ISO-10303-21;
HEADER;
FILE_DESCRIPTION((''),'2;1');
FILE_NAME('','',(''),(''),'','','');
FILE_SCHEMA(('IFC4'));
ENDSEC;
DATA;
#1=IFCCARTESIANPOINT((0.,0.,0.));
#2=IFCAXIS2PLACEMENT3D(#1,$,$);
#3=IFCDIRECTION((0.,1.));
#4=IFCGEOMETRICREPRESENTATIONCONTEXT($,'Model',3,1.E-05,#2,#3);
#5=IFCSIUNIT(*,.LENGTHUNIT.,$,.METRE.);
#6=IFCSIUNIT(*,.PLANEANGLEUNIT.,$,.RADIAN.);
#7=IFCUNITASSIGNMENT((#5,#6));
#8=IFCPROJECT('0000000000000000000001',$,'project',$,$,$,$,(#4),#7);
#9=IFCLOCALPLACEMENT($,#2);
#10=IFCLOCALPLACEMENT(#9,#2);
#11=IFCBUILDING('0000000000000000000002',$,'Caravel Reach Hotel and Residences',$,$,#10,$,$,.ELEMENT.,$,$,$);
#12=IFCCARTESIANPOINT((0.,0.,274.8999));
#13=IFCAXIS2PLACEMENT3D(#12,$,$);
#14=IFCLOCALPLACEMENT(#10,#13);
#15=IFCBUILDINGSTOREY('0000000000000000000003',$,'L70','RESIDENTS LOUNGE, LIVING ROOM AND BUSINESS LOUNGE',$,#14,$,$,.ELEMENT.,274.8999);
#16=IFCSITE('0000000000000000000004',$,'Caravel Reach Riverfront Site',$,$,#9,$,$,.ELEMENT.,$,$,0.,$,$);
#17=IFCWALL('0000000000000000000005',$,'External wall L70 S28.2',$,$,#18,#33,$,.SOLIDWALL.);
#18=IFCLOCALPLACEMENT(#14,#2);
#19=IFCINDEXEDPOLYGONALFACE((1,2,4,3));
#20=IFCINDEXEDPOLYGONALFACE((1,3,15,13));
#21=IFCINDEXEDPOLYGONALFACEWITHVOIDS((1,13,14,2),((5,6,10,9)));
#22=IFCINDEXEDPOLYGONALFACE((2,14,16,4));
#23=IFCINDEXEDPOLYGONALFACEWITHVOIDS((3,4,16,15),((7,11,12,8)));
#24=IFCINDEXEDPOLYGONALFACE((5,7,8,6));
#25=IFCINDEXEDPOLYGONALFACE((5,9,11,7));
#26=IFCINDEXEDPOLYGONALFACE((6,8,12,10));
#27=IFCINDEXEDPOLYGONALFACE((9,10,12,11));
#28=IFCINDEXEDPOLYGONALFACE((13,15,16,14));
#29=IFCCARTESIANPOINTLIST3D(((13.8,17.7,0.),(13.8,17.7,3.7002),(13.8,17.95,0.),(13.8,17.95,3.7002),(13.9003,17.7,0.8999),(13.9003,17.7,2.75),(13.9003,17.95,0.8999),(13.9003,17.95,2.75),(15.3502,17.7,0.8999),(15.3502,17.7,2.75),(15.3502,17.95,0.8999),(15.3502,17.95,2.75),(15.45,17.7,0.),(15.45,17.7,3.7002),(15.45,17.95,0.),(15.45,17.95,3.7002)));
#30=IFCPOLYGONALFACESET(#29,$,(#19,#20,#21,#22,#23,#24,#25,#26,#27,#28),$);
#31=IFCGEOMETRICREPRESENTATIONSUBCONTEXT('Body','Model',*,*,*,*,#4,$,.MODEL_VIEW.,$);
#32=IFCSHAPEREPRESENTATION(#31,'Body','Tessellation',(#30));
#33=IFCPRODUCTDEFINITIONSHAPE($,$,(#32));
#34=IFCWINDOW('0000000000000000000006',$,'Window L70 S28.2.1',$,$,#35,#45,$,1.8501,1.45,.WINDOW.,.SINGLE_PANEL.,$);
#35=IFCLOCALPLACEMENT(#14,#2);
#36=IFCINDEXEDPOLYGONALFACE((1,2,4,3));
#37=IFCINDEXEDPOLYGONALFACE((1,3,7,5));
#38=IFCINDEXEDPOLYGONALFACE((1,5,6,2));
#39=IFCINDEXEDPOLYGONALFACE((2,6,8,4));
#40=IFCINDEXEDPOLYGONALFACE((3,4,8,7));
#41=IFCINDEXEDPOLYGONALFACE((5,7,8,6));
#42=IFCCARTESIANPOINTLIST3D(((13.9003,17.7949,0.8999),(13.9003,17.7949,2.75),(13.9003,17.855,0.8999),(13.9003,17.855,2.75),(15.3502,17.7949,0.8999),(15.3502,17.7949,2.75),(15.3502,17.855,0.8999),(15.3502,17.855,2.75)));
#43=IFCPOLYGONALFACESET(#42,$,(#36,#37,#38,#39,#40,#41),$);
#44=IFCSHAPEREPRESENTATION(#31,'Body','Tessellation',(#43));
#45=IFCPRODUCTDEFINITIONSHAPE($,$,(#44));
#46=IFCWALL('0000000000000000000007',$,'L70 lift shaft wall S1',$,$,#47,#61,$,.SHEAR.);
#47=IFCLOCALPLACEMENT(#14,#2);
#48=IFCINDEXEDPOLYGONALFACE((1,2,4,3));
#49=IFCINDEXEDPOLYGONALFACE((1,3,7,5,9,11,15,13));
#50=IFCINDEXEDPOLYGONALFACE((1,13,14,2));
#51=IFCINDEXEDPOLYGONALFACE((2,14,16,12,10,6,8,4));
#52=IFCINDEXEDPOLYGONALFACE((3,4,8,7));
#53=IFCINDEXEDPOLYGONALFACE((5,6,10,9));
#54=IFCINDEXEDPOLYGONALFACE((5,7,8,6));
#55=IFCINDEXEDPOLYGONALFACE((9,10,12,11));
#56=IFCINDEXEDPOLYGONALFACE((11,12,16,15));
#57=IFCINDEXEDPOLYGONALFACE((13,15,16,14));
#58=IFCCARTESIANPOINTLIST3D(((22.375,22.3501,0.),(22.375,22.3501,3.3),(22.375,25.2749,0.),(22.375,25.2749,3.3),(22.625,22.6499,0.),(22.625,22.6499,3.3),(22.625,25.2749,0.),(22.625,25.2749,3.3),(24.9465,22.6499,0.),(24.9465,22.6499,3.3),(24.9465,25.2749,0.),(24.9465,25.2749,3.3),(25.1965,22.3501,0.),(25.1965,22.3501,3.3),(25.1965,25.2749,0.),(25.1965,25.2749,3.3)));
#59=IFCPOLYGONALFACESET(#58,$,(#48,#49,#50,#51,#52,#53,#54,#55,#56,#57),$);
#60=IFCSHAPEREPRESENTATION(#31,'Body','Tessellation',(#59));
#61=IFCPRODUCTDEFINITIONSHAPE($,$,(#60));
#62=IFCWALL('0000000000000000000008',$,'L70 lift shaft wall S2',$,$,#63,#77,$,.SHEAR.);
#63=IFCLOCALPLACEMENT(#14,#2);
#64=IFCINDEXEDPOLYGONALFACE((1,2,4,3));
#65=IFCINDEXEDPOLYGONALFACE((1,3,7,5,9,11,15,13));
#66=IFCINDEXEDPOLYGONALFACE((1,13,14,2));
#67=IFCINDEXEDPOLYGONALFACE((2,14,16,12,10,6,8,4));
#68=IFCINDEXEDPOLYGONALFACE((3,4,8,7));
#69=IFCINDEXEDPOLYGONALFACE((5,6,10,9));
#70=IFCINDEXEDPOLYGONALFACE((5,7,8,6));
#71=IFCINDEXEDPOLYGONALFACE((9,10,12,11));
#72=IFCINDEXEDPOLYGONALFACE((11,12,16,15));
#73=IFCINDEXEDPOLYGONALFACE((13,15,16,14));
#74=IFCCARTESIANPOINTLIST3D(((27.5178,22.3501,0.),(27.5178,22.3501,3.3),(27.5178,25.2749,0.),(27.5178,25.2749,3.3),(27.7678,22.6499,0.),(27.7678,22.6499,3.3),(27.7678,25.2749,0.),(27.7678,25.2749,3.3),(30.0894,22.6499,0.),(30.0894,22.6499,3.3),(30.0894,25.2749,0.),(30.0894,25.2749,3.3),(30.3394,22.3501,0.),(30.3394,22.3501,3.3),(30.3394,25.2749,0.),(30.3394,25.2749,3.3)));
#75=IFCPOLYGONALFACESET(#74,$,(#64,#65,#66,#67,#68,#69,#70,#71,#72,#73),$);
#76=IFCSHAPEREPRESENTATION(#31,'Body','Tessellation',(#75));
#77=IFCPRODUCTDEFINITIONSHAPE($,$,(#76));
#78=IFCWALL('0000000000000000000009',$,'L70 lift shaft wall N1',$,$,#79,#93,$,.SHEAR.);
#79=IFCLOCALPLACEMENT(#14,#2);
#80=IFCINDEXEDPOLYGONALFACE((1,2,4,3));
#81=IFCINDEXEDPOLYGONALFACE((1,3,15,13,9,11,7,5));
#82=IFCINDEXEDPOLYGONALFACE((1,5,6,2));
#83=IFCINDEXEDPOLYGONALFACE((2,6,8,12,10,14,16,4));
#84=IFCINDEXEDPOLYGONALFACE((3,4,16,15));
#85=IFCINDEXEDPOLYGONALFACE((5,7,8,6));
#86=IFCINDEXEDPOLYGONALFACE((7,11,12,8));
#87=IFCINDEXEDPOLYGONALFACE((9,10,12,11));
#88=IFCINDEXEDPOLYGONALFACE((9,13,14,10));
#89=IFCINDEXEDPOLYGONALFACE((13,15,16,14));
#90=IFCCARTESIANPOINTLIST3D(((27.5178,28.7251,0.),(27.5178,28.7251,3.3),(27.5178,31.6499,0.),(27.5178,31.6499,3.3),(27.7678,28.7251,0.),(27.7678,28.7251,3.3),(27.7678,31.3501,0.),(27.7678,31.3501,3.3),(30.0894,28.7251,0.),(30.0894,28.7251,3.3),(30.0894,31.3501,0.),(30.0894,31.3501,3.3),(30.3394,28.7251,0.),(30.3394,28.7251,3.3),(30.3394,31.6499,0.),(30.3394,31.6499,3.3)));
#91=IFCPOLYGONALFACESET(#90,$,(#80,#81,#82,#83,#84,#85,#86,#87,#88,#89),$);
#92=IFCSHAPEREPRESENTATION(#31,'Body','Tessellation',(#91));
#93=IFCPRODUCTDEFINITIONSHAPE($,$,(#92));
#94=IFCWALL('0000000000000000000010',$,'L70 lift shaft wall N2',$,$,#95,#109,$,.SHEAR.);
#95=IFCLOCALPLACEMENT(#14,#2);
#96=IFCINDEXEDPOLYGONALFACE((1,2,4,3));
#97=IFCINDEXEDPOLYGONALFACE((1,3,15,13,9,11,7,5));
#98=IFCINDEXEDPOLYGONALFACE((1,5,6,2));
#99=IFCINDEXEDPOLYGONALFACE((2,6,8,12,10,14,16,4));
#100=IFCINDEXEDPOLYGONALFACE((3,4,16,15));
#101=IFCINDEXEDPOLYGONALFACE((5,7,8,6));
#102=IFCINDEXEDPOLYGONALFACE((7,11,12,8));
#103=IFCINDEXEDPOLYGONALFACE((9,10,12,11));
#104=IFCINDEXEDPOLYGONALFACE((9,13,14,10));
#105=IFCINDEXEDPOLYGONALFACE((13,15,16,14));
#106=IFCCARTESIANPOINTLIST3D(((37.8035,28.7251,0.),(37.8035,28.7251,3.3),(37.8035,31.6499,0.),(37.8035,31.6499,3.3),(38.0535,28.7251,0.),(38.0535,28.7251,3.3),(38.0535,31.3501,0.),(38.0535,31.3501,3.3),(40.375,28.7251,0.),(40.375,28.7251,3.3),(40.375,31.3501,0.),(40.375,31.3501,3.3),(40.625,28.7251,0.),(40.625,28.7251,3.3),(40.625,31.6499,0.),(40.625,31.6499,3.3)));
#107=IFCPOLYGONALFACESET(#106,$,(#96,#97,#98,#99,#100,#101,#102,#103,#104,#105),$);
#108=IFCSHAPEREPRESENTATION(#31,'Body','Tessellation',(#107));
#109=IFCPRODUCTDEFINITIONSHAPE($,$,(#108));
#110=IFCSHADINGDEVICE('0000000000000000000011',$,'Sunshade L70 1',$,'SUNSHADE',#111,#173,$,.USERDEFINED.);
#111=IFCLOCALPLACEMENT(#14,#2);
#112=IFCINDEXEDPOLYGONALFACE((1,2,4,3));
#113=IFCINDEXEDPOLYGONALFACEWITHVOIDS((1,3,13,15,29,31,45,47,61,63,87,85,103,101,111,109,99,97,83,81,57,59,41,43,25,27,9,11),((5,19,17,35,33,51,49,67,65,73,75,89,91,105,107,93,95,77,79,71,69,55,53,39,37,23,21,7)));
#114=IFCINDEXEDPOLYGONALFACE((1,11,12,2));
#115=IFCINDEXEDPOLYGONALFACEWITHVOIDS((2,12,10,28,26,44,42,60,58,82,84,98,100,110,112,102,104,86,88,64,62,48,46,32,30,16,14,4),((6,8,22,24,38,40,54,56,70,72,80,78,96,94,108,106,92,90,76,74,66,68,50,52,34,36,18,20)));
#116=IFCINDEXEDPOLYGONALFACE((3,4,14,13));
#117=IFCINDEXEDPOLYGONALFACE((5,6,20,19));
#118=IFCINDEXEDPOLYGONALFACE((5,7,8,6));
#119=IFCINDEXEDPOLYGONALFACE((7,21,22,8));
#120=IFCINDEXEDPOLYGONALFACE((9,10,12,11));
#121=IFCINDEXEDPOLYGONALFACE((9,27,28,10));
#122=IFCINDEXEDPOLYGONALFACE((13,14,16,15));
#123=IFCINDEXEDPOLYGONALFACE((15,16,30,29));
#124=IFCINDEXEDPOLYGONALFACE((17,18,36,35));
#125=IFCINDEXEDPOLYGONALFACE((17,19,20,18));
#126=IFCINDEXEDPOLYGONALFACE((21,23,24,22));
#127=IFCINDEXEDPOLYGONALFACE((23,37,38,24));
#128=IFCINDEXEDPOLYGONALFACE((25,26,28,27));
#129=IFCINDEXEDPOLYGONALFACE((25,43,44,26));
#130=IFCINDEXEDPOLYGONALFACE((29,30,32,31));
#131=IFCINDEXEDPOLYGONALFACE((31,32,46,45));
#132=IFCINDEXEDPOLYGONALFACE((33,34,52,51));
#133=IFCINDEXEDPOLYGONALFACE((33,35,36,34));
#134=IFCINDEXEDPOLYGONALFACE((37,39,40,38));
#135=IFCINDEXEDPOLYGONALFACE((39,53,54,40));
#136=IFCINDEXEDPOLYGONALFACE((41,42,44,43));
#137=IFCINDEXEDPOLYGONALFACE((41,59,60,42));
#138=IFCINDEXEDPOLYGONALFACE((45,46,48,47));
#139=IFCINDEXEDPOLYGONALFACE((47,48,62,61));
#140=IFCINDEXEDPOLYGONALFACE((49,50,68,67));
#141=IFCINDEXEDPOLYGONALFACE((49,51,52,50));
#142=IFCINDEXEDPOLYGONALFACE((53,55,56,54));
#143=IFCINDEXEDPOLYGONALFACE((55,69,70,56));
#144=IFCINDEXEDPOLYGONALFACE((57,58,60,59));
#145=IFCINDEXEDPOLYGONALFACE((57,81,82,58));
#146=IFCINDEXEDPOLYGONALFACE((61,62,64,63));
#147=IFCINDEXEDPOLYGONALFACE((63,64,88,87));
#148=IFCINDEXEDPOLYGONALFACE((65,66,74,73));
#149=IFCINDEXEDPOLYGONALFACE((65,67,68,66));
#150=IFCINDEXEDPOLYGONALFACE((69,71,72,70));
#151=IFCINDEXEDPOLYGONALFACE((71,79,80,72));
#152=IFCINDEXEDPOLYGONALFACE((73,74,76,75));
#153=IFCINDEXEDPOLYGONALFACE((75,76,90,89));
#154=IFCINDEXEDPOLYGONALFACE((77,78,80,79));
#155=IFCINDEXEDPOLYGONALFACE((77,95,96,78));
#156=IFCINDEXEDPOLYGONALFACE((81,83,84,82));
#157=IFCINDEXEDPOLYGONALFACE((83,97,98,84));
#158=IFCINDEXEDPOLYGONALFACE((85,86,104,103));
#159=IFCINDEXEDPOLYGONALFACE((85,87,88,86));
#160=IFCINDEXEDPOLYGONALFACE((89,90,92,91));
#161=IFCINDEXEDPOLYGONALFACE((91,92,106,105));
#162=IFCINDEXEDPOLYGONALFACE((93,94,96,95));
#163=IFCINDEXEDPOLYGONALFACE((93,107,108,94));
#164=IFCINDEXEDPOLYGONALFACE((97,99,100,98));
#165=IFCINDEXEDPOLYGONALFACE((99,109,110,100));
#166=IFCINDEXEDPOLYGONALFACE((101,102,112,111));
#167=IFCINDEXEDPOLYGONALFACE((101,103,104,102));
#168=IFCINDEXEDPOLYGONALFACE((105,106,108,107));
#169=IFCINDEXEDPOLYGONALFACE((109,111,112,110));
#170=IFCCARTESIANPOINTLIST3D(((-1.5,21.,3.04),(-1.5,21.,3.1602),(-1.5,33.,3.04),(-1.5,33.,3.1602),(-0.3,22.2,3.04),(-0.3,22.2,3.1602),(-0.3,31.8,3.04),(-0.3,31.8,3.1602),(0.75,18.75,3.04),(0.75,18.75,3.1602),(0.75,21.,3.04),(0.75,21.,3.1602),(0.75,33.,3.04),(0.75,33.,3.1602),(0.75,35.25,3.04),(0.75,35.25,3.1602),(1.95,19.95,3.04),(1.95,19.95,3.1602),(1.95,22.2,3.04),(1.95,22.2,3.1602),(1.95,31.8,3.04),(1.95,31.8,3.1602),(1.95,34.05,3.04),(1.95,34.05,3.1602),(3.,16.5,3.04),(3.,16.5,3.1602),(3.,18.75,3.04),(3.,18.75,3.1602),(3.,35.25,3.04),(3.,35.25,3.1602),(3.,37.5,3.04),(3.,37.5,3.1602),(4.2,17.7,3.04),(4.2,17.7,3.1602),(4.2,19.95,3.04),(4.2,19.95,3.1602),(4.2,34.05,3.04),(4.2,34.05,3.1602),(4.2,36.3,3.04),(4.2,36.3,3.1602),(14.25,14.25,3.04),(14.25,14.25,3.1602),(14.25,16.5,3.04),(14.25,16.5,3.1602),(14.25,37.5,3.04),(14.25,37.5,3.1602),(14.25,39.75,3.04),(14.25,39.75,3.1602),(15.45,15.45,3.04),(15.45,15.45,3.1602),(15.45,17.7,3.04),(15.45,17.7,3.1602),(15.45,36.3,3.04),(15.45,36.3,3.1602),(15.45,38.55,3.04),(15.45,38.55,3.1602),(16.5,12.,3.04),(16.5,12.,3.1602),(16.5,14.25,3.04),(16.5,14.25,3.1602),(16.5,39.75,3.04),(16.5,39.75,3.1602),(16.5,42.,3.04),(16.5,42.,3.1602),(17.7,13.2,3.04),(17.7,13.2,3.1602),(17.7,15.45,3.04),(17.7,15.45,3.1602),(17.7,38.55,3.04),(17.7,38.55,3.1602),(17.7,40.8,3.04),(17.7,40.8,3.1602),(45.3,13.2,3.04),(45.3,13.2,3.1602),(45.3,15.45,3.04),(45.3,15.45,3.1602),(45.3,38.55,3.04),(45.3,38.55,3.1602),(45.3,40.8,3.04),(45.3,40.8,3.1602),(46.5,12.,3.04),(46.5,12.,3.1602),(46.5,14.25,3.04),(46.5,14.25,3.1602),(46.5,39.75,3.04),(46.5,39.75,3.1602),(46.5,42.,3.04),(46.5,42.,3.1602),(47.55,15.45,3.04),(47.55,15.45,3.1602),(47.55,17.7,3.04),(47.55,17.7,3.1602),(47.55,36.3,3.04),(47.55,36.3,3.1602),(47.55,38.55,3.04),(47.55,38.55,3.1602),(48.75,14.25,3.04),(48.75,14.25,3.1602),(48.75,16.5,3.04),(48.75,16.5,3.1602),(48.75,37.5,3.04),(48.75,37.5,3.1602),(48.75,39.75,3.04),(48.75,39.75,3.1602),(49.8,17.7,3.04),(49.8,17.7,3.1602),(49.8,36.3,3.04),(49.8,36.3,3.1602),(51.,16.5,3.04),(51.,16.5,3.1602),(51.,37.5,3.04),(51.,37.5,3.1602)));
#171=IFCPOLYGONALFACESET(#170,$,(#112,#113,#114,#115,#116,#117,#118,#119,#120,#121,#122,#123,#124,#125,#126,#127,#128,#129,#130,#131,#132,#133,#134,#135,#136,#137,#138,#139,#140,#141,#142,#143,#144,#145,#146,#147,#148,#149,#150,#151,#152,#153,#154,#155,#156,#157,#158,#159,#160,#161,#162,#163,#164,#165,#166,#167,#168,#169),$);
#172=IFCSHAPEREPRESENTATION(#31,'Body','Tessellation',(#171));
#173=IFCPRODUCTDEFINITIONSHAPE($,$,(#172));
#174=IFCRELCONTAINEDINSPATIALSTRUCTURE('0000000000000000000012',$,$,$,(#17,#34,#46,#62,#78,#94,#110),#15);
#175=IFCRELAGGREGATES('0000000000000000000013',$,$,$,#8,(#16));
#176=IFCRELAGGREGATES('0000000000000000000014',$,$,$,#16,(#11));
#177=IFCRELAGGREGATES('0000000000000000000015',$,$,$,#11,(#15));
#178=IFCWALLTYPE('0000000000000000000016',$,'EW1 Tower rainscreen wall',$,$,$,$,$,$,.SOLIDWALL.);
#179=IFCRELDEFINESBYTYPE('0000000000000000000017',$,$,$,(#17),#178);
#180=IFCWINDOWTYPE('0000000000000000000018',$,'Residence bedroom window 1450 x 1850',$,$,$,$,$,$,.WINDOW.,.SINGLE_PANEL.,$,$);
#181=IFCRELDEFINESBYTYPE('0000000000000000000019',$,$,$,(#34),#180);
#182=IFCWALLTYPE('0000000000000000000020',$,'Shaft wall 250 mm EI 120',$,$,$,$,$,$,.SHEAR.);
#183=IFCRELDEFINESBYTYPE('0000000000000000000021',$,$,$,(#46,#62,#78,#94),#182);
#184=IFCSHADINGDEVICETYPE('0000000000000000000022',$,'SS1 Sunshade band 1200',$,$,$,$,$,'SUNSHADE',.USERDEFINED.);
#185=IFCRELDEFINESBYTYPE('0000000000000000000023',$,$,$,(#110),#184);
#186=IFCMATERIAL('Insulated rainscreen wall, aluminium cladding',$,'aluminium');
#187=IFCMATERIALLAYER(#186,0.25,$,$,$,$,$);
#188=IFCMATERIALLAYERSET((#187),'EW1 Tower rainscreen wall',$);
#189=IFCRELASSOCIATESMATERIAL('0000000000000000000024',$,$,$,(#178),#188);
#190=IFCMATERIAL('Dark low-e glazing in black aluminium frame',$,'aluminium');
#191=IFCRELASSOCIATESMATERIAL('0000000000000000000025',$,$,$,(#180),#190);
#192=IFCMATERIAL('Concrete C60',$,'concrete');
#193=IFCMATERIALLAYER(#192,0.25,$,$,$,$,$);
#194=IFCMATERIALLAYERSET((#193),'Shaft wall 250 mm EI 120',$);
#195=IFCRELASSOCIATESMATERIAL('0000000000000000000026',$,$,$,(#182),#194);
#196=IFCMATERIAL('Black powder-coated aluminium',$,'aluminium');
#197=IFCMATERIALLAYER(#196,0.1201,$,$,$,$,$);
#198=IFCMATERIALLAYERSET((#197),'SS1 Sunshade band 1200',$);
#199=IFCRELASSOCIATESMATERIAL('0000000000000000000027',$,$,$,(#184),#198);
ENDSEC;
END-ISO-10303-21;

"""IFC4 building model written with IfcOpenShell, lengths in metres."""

from ifc_helpers import new_model, si_unit, direction, frame, frame_2d, origin, place, context, subcontext, project, spatial, polyline, rectangle, outline, extrude, material, layer, layer_set, type_object, element, fill, save


model = new_model("IFC4")

# Units and contexts
model_context = context("Model", 3, precision=1e-05, world=origin(), true_north=direction((0.0, 1.0)))
body_context = subcontext(model_context, "Body", "Model", "MODEL_VIEW")
ifc_project = project(units=[si_unit("LENGTHUNIT", "METRE"), si_unit("PLANEANGLEUNIT", "RADIAN")], contexts=[model_context])

# Site, building, storey
site_placement = place(None, origin())
site = spatial("IfcSite", under=ifc_project, at=site_placement, Name="Caravel Reach Riverfront Site", CompositionType="ELEMENT", RefElevation=0.0)
building_placement = place(site_placement, origin())
building = spatial("IfcBuilding", under=site, at=building_placement, Name="Caravel Reach Hotel and Residences", CompositionType="ELEMENT")
storey_placement = place(building_placement, frame((0.0, 0.0, 274.8999)))
storey = spatial("IfcBuildingStorey", under=building, at=storey_placement, Name="L70", Description="RESIDENTS LOUNGE, LIVING ROOM AND BUSINESS LOUNGE", CompositionType="ELEMENT", Elevation=274.8999)

# Shared definitions
ifc_material_1 = material(Name="Insulated rainscreen wall, aluminium cladding", Category="aluminium")
ifc_layer_1 = layer(ifc_material_1, 0.25)
ifc_layer_set_1 = layer_set([ifc_layer_1], Name="EW1 Tower rainscreen wall")
wall_type_1 = type_object("IfcWallType", Name="EW1 Tower rainscreen wall", PredefinedType="SOLIDWALL", material=ifc_layer_set_1)

# Wall, opening, window
wall_1_placement = place(storey_placement, frame((13.8, 17.825, 0.0), z_axis=(0.0, 0.0, 1.0), x_axis=(1.0, 0.0, 0.0)))
wall_1 = element("IfcWall", 1, at=wall_1_placement, inside=storey, type_object=wall_type_1, Name="External wall L70 S28.2", PredefinedType="SOLIDWALL", context=body_context, shape_type="SweptSolid", body=[
    extrude(rectangle(XDim=1.6499, YDim=0.25, at=frame_2d((0.825, 0.0))), origin(), (0.0, 0.0, 1.0), 3.7002),
])
opening_1_placement = place(wall_1_placement, frame((0.1001, 0.0, 0.8999)))
opening_1 = element("IfcOpeningElement", 2, at=opening_1_placement, cuts=wall_1, PredefinedType="OPENING", context=body_context, shape_type="SweptSolid", body=[
    extrude(rectangle(XDim=1.45, YDim=1.8501, at=frame_2d((0.7251, 0.925))), frame((0.0, 0.135, 0.0), z_axis=(0.0, -1.0, 0.0), x_axis=(1.0, 0.0, 0.0)), (0.0, 0.0, 1.0), 0.27),
])
ifc_material_2 = material(Name="Dark low-e glazing in black aluminium frame", Category="aluminium")
window_type_1 = type_object("IfcWindowType", Name="Residence bedroom window 1450 x 1850", PartitioningType="SINGLE_PANEL", PredefinedType="WINDOW", material=ifc_material_2)
window_1_placement = place(opening_1_placement, origin())
window_1 = element("IfcWindow", 3, at=window_1_placement, inside=storey, type_object=window_type_1, Name="Window L70 S28.2.1", OverallHeight=1.8501, OverallWidth=1.45, PartitioningType="SINGLE_PANEL", PredefinedType="WINDOW", context=body_context, shape_type="SweptSolid", body=[
    extrude(rectangle(XDim=1.45, YDim=1.8501, at=frame_2d((0.7251, 0.925))), frame((0.0, 0.03, 0.0), z_axis=(0.0, -1.0, 0.0), x_axis=(1.0, 0.0, 0.0)), (0.0, 0.0, 1.0), 0.0601),
])
fill(opening_1, window_1)

# Walls
ifc_material_3 = material(Name="Concrete C60", Category="concrete")
ifc_layer_2 = layer(ifc_material_3, 0.25)
ifc_layer_set_2 = layer_set([ifc_layer_2], Name="Shaft wall 250 mm EI 120")
wall_type_2 = type_object("IfcWallType", Name="Shaft wall 250 mm EI 120", PredefinedType="SHEAR", material=ifc_layer_set_2)
wall_2_placement = place(storey_placement, origin())
element("IfcWall", 4, at=wall_2_placement, inside=storey, type_object=wall_type_2, Name="L70 lift shaft wall S1", PredefinedType="SHEAR", context=body_context, shape_type="SweptSolid", body=[
    extrude(outline(polyline([(22.375, 22.3501), (25.1965, 22.3501), (25.1965, 25.2749), (24.9465, 25.2749), (24.9465, 22.6499), (22.625, 22.6499), (22.625, 25.2749), (22.375, 25.2749), (22.375, 22.3501)])), origin(), (0.0, 0.0, 1.0), 3.3),
])
wall_3_placement = place(storey_placement, origin())
element("IfcWall", 5, at=wall_3_placement, inside=storey, type_object=wall_type_2, Name="L70 lift shaft wall S2", PredefinedType="SHEAR", context=body_context, shape_type="SweptSolid", body=[
    extrude(outline(polyline([(27.5178, 22.3501), (30.3394, 22.3501), (30.3394, 25.2749), (30.0894, 25.2749), (30.0894, 22.6499), (27.7678, 22.6499), (27.7678, 25.2749), (27.5178, 25.2749), (27.5178, 22.3501)])), origin(), (0.0, 0.0, 1.0), 3.3),
])
wall_4_placement = place(storey_placement, origin())
element("IfcWall", 6, at=wall_4_placement, inside=storey, type_object=wall_type_2, Name="L70 lift shaft wall N1", PredefinedType="SHEAR", context=body_context, shape_type="SweptSolid", body=[
    extrude(outline(polyline([(27.5178, 28.7251), (27.7678, 28.7251), (27.7678, 31.3501), (30.0894, 31.3501), (30.0894, 28.7251), (30.3394, 28.7251), (30.3394, 31.6499), (27.5178, 31.6499), (27.5178, 28.7251)])), origin(), (0.0, 0.0, 1.0), 3.3),
])
wall_5_placement = place(storey_placement, origin())
element("IfcWall", 7, at=wall_5_placement, inside=storey, type_object=wall_type_2, Name="L70 lift shaft wall N2", PredefinedType="SHEAR", context=body_context, shape_type="SweptSolid", body=[
    extrude(outline(polyline([(37.8035, 28.7251), (38.0535, 28.7251), (38.0535, 31.3501), (40.375, 31.3501), (40.375, 28.7251), (40.625, 28.7251), (40.625, 31.6499), (37.8035, 31.6499), (37.8035, 28.7251)])), origin(), (0.0, 0.0, 1.0), 3.3),
])

# Shading device
ifc_material_4 = material(Name="Black powder-coated aluminium", Category="aluminium")
ifc_layer_3 = layer(ifc_material_4, 0.1201)
ifc_layer_set_3 = layer_set([ifc_layer_3], Name="SS1 Sunshade band 1200")
shading_device_type = type_object("IfcShadingDeviceType", Name="SS1 Sunshade band 1200", ElementType="SUNSHADE", PredefinedType="USERDEFINED", material=ifc_layer_set_3)
shading_device_placement = place(storey_placement, frame((0.0, 0.0, 3.04)))
element("IfcShadingDevice", 8, at=shading_device_placement, inside=storey, type_object=shading_device_type, Name="Sunshade L70 1", ObjectType="SUNSHADE", PredefinedType="USERDEFINED", context=body_context, shape_type="SweptSolid", body=[
    extrude(outline(polyline([(3.0, 16.5), (14.25, 16.5), (14.25, 14.25), (16.5, 14.25), (16.5, 12.0), (46.5, 12.0), (46.5, 14.25), (48.75, 14.25), (48.75, 16.5), (51.0, 16.5), (51.0, 37.5), (48.75, 37.5), (48.75, 39.75), (46.5, 39.75), (46.5, 42.0), (16.5, 42.0), (16.5, 39.75), (14.25, 39.75), (14.25, 37.5), (3.0, 37.5), (3.0, 35.25), (0.75, 35.25), (0.75, 33.0), (-1.5, 33.0), (-1.5, 21.0), (0.75, 21.0), (0.75, 18.75), (3.0, 18.75), (3.0, 16.5)]), holes=[polyline([(15.45, 15.45), (15.45, 17.7), (4.2, 17.7), (4.2, 19.95), (1.95, 19.95), (1.95, 22.2), (-0.3, 22.2), (-0.3, 31.8), (1.95, 31.8), (1.95, 34.05), (4.2, 34.05), (4.2, 36.3), (15.45, 36.3), (15.45, 38.55), (17.7, 38.55), (17.7, 40.8), (45.3, 40.8), (45.3, 38.55), (47.55, 38.55), (47.55, 36.3), (49.8, 36.3), (49.8, 17.7), (47.55, 17.7), (47.55, 15.45), (45.3, 15.45), (45.3, 13.2), (17.7, 13.2), (17.7, 15.45), (15.45, 15.45)])]), origin(), (0.0, 0.0, 1.0), 0.1201),
])

save(model, "model.ifc")
